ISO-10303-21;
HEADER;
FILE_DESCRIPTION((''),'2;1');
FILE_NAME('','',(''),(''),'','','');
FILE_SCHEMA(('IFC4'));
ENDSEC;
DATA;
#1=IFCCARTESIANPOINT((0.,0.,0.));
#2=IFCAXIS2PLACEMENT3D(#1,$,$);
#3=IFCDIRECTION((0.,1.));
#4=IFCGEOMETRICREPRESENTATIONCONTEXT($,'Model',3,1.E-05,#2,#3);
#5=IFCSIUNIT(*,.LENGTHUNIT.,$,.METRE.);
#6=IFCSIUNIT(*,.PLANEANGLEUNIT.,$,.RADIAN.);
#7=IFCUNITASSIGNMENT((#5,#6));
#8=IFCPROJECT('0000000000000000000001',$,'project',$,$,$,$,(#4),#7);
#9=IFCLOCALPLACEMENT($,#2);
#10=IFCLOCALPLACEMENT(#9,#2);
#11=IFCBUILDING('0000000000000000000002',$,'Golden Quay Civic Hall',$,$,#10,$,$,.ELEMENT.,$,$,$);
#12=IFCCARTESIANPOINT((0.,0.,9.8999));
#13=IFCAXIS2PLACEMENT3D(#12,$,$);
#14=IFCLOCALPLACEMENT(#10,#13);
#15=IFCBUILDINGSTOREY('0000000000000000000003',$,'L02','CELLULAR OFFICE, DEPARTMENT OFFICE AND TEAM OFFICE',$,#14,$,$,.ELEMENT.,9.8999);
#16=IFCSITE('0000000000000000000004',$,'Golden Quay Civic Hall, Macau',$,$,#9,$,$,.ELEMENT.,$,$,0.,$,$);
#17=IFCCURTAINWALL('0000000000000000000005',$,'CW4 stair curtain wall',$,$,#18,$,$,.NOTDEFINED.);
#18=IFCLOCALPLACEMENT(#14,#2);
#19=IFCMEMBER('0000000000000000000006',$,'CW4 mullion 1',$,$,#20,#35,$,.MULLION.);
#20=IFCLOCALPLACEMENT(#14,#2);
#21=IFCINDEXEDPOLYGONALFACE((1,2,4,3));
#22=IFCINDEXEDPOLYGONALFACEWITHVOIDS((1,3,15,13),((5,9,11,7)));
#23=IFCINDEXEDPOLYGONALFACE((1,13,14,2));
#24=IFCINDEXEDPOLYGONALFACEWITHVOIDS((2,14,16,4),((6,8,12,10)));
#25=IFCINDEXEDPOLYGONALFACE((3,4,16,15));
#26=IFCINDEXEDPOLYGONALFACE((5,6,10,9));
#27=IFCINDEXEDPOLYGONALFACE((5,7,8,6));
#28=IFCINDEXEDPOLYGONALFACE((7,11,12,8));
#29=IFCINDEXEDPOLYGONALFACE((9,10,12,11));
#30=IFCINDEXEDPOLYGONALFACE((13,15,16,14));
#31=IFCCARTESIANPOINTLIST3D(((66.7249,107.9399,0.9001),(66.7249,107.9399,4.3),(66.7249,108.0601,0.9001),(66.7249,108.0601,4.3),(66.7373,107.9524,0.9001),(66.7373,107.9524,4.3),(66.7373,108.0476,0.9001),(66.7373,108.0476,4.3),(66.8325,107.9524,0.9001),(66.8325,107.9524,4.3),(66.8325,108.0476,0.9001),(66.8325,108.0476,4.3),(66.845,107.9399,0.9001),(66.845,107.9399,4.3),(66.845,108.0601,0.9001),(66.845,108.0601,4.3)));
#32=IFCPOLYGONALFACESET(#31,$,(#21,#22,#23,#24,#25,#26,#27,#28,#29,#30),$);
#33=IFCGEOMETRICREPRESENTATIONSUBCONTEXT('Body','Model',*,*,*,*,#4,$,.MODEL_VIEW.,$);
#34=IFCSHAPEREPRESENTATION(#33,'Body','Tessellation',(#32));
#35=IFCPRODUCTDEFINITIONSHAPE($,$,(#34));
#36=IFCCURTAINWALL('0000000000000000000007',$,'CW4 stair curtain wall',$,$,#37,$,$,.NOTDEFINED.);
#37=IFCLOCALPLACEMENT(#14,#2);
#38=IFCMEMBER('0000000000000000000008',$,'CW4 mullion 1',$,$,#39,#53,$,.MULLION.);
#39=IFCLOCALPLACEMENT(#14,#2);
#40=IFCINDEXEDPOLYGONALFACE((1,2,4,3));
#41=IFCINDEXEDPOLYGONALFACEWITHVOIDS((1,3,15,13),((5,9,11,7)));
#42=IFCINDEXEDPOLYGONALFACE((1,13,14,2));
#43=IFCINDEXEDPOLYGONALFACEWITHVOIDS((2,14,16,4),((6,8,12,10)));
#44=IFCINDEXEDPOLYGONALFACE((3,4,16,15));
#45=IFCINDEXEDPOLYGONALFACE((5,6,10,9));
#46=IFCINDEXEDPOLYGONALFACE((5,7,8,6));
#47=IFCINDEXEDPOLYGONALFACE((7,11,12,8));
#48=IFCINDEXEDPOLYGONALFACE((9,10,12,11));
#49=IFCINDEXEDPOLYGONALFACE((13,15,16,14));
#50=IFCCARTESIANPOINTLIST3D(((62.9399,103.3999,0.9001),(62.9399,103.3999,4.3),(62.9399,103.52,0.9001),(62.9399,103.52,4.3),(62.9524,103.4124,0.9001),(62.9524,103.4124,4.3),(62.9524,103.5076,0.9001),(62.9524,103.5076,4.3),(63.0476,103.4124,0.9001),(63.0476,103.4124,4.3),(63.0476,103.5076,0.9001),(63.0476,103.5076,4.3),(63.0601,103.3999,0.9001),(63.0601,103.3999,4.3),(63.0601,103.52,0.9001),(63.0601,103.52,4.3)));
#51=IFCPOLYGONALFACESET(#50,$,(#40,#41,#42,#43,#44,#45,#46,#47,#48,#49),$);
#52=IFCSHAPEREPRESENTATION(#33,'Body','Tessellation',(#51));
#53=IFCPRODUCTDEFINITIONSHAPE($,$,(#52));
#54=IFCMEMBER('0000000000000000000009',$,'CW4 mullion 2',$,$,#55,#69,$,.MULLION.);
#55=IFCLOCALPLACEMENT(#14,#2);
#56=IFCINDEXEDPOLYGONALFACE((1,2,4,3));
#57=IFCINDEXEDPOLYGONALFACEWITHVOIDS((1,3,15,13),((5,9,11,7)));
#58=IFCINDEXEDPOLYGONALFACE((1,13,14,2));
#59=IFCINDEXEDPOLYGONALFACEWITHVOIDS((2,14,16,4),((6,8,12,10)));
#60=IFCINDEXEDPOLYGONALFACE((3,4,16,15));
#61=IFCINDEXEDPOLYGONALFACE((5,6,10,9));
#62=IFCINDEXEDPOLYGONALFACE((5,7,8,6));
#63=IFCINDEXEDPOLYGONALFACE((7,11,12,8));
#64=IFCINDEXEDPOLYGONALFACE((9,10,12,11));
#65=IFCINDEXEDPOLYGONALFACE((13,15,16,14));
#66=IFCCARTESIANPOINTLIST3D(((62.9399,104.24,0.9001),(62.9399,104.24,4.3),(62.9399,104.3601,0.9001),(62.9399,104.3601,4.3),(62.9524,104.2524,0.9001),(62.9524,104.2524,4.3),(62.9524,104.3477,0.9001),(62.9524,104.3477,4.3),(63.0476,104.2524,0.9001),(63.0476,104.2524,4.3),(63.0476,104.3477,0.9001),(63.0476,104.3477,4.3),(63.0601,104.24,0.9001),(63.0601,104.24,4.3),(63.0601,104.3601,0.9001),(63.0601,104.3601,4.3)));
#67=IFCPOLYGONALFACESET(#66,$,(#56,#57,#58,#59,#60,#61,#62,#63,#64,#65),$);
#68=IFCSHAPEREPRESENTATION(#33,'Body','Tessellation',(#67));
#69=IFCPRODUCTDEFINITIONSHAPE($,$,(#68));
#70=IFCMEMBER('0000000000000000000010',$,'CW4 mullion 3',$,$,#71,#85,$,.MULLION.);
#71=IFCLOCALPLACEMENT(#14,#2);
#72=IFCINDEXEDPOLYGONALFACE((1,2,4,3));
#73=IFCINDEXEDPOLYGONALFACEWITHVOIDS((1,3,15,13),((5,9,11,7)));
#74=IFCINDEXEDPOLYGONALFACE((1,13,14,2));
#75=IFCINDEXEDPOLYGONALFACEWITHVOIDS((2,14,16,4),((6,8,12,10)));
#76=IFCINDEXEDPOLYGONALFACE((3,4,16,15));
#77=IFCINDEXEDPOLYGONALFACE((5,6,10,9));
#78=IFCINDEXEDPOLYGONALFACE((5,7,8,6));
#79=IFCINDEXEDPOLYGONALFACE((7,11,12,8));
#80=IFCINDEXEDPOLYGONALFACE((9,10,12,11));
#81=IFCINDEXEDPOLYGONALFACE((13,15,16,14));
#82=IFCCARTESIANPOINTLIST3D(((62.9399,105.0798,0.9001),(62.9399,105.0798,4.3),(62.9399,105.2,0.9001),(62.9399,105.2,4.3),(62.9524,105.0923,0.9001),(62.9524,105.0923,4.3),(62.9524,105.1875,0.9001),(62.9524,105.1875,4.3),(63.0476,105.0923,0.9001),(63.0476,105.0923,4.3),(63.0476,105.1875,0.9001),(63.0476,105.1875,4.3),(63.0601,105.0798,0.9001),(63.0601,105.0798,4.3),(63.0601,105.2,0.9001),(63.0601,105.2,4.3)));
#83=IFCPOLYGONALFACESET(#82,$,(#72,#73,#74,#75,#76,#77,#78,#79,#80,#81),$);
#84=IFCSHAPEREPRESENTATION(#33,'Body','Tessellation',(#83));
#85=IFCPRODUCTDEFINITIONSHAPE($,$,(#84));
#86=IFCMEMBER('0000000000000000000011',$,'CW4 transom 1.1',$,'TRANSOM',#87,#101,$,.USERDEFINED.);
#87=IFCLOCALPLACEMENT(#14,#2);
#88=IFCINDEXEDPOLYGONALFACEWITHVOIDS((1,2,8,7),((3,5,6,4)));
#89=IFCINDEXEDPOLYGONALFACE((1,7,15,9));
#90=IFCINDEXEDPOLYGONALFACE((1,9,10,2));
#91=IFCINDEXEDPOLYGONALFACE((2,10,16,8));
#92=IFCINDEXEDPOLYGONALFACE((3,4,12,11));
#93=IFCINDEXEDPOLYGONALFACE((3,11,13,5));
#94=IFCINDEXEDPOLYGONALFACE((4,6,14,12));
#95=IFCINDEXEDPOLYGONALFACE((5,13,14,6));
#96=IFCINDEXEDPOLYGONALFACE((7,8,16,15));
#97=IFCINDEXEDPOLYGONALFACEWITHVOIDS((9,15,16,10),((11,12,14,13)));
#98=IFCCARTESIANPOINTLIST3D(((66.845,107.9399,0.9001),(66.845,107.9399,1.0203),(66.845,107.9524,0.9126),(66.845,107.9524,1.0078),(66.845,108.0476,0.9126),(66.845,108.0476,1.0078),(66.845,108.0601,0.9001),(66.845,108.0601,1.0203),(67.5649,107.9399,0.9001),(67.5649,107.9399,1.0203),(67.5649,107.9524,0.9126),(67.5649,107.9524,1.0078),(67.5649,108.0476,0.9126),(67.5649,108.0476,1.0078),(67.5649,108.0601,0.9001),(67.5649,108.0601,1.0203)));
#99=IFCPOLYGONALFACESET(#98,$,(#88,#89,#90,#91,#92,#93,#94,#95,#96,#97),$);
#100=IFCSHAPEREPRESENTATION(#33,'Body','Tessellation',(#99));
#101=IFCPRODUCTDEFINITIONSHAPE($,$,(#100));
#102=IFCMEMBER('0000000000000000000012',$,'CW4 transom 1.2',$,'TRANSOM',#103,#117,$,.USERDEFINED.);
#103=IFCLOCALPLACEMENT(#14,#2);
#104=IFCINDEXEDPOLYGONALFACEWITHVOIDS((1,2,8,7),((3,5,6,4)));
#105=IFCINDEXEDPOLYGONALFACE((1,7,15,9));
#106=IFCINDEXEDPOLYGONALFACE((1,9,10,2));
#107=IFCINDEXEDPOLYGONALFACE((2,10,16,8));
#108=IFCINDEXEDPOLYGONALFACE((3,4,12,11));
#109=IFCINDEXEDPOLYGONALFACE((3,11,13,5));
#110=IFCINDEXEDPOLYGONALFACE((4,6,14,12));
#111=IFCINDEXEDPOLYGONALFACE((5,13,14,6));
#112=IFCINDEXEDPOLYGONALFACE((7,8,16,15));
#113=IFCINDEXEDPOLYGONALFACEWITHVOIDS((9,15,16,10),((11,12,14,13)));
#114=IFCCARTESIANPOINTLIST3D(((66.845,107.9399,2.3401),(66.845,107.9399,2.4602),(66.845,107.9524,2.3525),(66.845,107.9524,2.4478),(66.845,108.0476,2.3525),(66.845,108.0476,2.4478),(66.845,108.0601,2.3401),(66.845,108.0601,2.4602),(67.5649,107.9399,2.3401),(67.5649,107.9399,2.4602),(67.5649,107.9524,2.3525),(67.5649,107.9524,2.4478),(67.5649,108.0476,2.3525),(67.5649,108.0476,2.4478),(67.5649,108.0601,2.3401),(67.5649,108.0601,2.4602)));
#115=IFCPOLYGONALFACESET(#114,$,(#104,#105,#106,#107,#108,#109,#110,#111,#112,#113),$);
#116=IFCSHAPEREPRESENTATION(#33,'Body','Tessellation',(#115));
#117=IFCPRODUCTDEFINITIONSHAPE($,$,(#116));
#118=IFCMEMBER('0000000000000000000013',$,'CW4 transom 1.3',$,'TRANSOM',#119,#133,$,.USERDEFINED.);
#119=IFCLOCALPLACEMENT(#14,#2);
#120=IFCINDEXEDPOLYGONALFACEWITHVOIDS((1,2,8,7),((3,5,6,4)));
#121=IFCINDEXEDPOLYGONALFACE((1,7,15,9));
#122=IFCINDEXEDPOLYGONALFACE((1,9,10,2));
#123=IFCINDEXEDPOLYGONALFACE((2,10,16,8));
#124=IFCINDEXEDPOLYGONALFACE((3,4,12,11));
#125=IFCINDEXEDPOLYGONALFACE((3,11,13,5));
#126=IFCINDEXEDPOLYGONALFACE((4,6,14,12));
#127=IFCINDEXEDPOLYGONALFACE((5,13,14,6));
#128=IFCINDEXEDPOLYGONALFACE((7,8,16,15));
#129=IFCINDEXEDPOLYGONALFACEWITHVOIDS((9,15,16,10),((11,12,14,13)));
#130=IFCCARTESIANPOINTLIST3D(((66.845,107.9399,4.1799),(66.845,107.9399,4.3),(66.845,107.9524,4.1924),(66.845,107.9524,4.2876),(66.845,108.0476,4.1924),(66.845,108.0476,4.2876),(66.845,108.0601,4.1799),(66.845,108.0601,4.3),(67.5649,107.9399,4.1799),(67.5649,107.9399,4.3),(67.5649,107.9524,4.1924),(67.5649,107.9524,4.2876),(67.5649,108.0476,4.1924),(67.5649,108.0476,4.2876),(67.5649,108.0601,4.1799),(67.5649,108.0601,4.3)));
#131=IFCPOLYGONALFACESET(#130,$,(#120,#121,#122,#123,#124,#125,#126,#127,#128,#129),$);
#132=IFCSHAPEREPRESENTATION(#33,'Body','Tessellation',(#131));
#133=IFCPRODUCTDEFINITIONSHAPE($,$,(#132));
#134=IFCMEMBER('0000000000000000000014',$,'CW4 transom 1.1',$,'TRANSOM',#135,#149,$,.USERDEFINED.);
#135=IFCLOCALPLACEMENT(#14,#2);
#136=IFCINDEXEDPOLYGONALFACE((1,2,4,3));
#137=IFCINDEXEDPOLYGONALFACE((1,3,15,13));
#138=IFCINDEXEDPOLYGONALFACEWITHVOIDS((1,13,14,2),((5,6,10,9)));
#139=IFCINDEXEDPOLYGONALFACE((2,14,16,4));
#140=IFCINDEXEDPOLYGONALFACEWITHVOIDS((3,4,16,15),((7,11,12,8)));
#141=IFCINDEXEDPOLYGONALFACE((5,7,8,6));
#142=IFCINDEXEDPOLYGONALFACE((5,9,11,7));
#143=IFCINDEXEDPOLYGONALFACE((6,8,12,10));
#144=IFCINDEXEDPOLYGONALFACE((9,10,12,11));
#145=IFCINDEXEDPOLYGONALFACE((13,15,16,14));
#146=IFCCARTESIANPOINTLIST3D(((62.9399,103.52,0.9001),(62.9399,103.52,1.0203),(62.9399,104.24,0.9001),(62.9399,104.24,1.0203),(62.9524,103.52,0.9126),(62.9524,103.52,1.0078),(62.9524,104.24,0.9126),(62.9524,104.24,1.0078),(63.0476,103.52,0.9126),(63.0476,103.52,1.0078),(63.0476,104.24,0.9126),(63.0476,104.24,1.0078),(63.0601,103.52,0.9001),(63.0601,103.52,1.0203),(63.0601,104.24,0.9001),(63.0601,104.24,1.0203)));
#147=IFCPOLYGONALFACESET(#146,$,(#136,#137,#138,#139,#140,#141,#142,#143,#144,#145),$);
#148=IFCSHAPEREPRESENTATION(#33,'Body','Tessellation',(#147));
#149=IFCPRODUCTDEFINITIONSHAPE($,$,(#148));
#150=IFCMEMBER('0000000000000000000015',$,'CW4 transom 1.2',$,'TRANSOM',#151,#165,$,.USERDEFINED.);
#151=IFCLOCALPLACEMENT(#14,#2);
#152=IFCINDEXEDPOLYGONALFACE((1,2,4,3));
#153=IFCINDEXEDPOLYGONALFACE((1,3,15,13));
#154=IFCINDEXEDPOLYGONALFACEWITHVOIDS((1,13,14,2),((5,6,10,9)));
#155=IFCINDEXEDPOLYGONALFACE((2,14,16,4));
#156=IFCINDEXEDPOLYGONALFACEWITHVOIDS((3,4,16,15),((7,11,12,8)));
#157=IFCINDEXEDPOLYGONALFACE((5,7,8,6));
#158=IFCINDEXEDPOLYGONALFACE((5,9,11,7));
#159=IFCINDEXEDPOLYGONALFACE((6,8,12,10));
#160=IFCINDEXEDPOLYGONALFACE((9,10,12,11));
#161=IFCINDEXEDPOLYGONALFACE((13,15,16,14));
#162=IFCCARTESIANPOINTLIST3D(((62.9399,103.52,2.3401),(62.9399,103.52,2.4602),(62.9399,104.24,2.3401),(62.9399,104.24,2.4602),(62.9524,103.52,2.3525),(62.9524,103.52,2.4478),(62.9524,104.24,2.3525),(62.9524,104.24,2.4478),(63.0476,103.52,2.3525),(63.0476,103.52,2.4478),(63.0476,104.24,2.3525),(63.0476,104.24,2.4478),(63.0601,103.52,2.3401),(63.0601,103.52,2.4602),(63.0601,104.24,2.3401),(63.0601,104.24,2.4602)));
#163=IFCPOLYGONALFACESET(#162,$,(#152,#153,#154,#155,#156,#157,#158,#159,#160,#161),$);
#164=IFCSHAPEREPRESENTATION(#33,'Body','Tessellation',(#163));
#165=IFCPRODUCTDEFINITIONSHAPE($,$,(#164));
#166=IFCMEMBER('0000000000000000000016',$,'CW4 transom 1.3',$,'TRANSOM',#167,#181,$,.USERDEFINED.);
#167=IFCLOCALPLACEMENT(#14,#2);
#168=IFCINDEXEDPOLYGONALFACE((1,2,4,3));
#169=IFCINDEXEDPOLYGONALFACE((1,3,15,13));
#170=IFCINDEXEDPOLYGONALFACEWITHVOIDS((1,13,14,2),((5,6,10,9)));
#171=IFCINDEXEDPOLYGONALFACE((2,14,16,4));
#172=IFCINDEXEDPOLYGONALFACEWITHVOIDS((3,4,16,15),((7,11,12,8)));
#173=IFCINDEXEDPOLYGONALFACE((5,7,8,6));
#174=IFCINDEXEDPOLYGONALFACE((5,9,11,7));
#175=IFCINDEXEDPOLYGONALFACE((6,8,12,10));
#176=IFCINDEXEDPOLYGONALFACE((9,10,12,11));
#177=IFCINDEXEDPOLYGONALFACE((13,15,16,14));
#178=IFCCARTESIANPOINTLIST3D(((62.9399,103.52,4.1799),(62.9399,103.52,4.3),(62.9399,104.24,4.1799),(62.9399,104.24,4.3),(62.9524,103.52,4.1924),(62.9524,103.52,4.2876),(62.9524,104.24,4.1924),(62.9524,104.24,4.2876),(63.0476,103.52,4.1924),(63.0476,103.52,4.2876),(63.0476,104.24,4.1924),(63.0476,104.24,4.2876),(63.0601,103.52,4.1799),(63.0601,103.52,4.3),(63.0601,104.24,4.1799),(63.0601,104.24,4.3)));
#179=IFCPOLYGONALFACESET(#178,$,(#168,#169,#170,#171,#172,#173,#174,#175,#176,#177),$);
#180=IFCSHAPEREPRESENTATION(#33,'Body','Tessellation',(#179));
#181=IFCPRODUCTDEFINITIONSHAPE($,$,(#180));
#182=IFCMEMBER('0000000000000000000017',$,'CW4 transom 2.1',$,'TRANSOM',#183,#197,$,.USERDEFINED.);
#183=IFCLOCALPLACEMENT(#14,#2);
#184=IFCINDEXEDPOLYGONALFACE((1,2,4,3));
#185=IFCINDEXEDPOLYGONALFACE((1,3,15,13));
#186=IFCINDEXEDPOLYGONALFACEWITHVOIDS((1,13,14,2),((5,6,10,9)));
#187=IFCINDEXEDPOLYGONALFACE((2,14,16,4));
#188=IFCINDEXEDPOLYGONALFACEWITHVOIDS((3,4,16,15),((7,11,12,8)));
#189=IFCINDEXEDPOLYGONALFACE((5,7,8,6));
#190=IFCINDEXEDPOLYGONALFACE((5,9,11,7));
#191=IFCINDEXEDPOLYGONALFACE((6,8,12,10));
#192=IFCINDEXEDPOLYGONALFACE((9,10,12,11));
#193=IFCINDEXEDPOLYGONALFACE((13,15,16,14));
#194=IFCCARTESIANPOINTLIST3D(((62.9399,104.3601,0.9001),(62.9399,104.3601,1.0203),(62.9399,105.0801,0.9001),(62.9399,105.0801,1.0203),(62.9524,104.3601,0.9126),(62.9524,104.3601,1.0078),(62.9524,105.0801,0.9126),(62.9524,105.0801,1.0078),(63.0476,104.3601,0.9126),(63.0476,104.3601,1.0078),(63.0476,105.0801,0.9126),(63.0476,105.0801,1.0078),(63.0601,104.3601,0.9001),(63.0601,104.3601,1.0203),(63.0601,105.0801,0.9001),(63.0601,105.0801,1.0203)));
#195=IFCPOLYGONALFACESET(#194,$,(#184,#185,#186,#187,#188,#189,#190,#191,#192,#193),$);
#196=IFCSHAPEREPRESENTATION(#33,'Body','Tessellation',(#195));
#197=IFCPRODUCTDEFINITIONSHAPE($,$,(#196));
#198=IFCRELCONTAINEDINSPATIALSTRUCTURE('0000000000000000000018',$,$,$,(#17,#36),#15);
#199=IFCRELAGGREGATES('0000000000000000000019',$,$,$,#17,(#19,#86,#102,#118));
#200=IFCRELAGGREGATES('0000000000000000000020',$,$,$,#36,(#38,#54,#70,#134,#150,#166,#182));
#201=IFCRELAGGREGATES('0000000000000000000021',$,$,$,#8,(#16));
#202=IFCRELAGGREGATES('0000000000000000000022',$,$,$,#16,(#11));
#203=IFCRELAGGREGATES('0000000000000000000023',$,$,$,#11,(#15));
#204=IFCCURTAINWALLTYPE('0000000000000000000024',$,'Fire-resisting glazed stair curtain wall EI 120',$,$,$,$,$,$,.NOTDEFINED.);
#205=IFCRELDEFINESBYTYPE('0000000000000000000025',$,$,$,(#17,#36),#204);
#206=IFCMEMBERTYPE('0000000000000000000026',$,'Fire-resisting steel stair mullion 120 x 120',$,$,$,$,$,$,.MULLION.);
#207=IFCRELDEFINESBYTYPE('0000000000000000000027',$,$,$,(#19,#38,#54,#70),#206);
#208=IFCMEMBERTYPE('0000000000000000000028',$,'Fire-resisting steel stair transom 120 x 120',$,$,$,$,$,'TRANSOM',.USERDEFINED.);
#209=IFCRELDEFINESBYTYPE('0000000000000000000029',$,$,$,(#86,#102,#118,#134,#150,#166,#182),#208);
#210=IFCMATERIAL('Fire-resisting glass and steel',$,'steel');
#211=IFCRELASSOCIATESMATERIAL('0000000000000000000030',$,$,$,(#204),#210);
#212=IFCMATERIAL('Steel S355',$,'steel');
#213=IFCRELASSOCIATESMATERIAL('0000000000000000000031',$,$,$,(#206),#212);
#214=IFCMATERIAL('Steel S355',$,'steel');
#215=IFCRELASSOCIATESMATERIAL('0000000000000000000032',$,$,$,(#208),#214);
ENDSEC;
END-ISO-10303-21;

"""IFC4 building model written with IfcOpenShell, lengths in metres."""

from ifc_helpers import new_model, si_unit, direction, frame, origin, origin_2d, place, context, subcontext, project, spatial, hollow_rectangle, extrude, material, material_profile, profile_set, type_object, element, aggregate, save


model = new_model("IFC4")

# Units and contexts
model_context = context("Model", 3, precision=1e-05, world=origin(), true_north=direction((0.0, 1.0)))
body_context = subcontext(model_context, "Body", "Model", "MODEL_VIEW")
ifc_project = project(units=[si_unit("LENGTHUNIT", "METRE"), si_unit("PLANEANGLEUNIT", "RADIAN")], contexts=[model_context])

# Site, building, storey
site_placement = place(None, origin())
site = spatial("IfcSite", under=ifc_project, at=site_placement, Name="Golden Quay Civic Hall, Macau", CompositionType="ELEMENT", RefElevation=0.0)
building_placement = place(site_placement, origin())
building = spatial("IfcBuilding", under=site, at=building_placement, Name="Golden Quay Civic Hall", CompositionType="ELEMENT")
storey_placement = place(building_placement, frame((0.0, 0.0, 9.8999)))
storey = spatial("IfcBuildingStorey", under=building, at=storey_placement, Name="L02", Description="CELLULAR OFFICE, DEPARTMENT OFFICE AND TEAM OFFICE", CompositionType="ELEMENT", Elevation=9.8999)

# Curtain wall, member
ifc_material_1 = material(Name="Fire-resisting glass and steel", Category="steel")
curtain_wall_type = type_object("IfcCurtainWallType", Name="Fire-resisting glazed stair curtain wall EI 120", PredefinedType="NOTDEFINED", material=ifc_material_1)
curtain_wall_1_placement = place(storey_placement, origin())
curtain_wall_1 = element("IfcCurtainWall", 1, at=curtain_wall_1_placement, inside=storey, type_object=curtain_wall_type, Name="CW4 stair curtain wall", PredefinedType="NOTDEFINED")
ifc_material_2 = material(Name="Steel S355", Category="steel")
ifc_material_profile_1 = material_profile(ifc_material_2, hollow_rectangle(XDim=0.1201, YDim=0.1201, WallThickness=0.0125, at=origin_2d()), Name="SHS 120x120x12.5")
ifc_profile_set_1 = profile_set([ifc_material_profile_1], Name="Steel S355")
member_type_1 = type_object("IfcMemberType", Name="Fire-resisting steel stair mullion 120 x 120", PredefinedType="MULLION", material=ifc_profile_set_1)
member_1_placement = place(storey_placement, frame((66.7849, 108.0, 0.9001), z_axis=(0.0, 0.0, 1.0), x_axis=(0.0, 1.0, 0.0)))
member_1 = element("IfcMember", 2, at=member_1_placement, type_object=member_type_1, Name="CW4 mullion 1", PredefinedType="MULLION", context=body_context, shape_type="SweptSolid", body=[
    extrude(hollow_rectangle(XDim=0.1201, YDim=0.1201, WallThickness=0.0125, at=origin_2d()), origin(), (0.0, 0.0, 1.0), 3.3999),
])

# Curtain wall, members
curtain_wall_2_placement = place(storey_placement, origin())
curtain_wall_2 = element("IfcCurtainWall", 3, at=curtain_wall_2_placement, inside=storey, type_object=curtain_wall_type, Name="CW4 stair curtain wall", PredefinedType="NOTDEFINED")
member_2_placement = place(storey_placement, frame((63.0, 103.46, 0.9001), z_axis=(0.0, 0.0, 1.0), x_axis=(-1.0, 0.0, 0.0)))
member_2 = element("IfcMember", 4, at=member_2_placement, type_object=member_type_1, Name="CW4 mullion 1", PredefinedType="MULLION", context=body_context, shape_type="SweptSolid", body=[
    extrude(hollow_rectangle(XDim=0.1201, YDim=0.1201, WallThickness=0.0125, at=origin_2d()), origin(), (0.0, 0.0, 1.0), 3.3999),
])
member_3_placement = place(storey_placement, frame((63.0, 104.3, 0.9001), z_axis=(0.0, 0.0, 1.0), x_axis=(-1.0, 0.0, 0.0)))
member_3 = element("IfcMember", 5, at=member_3_placement, type_object=member_type_1, Name="CW4 mullion 2", PredefinedType="MULLION", context=body_context, shape_type="SweptSolid", body=[
    extrude(hollow_rectangle(XDim=0.1201, YDim=0.1201, WallThickness=0.0125, at=origin_2d()), origin(), (0.0, 0.0, 1.0), 3.3999),
])
member_4_placement = place(storey_placement, frame((63.0, 105.1399, 0.9001), z_axis=(0.0, 0.0, 1.0), x_axis=(-1.0, 0.0, 0.0)))
member_4 = element("IfcMember", 6, at=member_4_placement, type_object=member_type_1, Name="CW4 mullion 3", PredefinedType="MULLION", context=body_context, shape_type="SweptSolid", body=[
    extrude(hollow_rectangle(XDim=0.1201, YDim=0.1201, WallThickness=0.0125, at=origin_2d()), origin(), (0.0, 0.0, 1.0), 3.3999),
])

# Members
ifc_material_3 = material(Name="Steel S355", Category="steel")
ifc_material_profile_2 = material_profile(ifc_material_3, hollow_rectangle(XDim=0.1201, YDim=0.1201, WallThickness=0.0125, at=origin_2d()), Name="SHS 120x120x12.5")
ifc_profile_set_2 = profile_set([ifc_material_profile_2], Name="Steel S355")
member_type_2 = type_object("IfcMemberType", Name="Fire-resisting steel stair transom 120 x 120", ElementType="TRANSOM", PredefinedType="USERDEFINED", material=ifc_profile_set_2)
member_5_placement = place(storey_placement, frame((66.845, 108.0, 0.9602), z_axis=(1.0, 0.0, 0.0), x_axis=(0.0, 1.0, 0.0)))
member_5 = element("IfcMember", 7, at=member_5_placement, type_object=member_type_2, Name="CW4 transom 1.1", ObjectType="TRANSOM", PredefinedType="USERDEFINED", context=body_context, shape_type="SweptSolid", body=[
    extrude(hollow_rectangle(XDim=0.1201, YDim=0.1201, WallThickness=0.0125, at=origin_2d()), origin(), (0.0, 0.0, 1.0), 0.72),
])
member_6_placement = place(storey_placement, frame((66.845, 108.0, 2.4001), z_axis=(1.0, 0.0, 0.0), x_axis=(0.0, 1.0, 0.0)))
member_6 = element("IfcMember", 8, at=member_6_placement, type_object=member_type_2, Name="CW4 transom 1.2", ObjectType="TRANSOM", PredefinedType="USERDEFINED", context=body_context, shape_type="SweptSolid", body=[
    extrude(hollow_rectangle(XDim=0.1201, YDim=0.1201, WallThickness=0.0125, at=origin_2d()), origin(), (0.0, 0.0, 1.0), 0.72),
])
member_7_placement = place(storey_placement, frame((66.845, 108.0, 4.24), z_axis=(1.0, 0.0, 0.0), x_axis=(0.0, 1.0, 0.0)))
member_7 = element("IfcMember", 9, at=member_7_placement, type_object=member_type_2, Name="CW4 transom 1.3", ObjectType="TRANSOM", PredefinedType="USERDEFINED", context=body_context, shape_type="SweptSolid", body=[
    extrude(hollow_rectangle(XDim=0.1201, YDim=0.1201, WallThickness=0.0125, at=origin_2d()), origin(), (0.0, 0.0, 1.0), 0.72),
])
member_8_placement = place(storey_placement, frame((63.0, 103.52, 0.9602), z_axis=(0.0, 1.0, 0.0), x_axis=(-1.0, 0.0, 0.0)))
member_8 = element("IfcMember", 10, at=member_8_placement, type_object=member_type_2, Name="CW4 transom 1.1", ObjectType="TRANSOM", PredefinedType="USERDEFINED", context=body_context, shape_type="SweptSolid", body=[
    extrude(hollow_rectangle(XDim=0.1201, YDim=0.1201, WallThickness=0.0125, at=origin_2d()), origin(), (0.0, 0.0, 1.0), 0.72),
])
member_9_placement = place(storey_placement, frame((63.0, 103.52, 2.4001), z_axis=(0.0, 1.0, 0.0), x_axis=(-1.0, 0.0, 0.0)))
member_9 = element("IfcMember", 11, at=member_9_placement, type_object=member_type_2, Name="CW4 transom 1.2", ObjectType="TRANSOM", PredefinedType="USERDEFINED", context=body_context, shape_type="SweptSolid", body=[
    extrude(hollow_rectangle(XDim=0.1201, YDim=0.1201, WallThickness=0.0125, at=origin_2d()), origin(), (0.0, 0.0, 1.0), 0.72),
])
member_10_placement = place(storey_placement, frame((63.0, 103.52, 4.24), z_axis=(0.0, 1.0, 0.0), x_axis=(-1.0, 0.0, 0.0)))
member_10 = element("IfcMember", 12, at=member_10_placement, type_object=member_type_2, Name="CW4 transom 1.3", ObjectType="TRANSOM", PredefinedType="USERDEFINED", context=body_context, shape_type="SweptSolid", body=[
    extrude(hollow_rectangle(XDim=0.1201, YDim=0.1201, WallThickness=0.0125, at=origin_2d()), origin(), (0.0, 0.0, 1.0), 0.72),
])
member_11_placement = place(storey_placement, frame((63.0, 104.3601, 0.9602), z_axis=(0.0, 1.0, 0.0), x_axis=(-1.0, 0.0, 0.0)))
member_11 = element("IfcMember", 13, at=member_11_placement, type_object=member_type_2, Name="CW4 transom 2.1", ObjectType="TRANSOM", PredefinedType="USERDEFINED", context=body_context, shape_type="SweptSolid", body=[
    extrude(hollow_rectangle(XDim=0.1201, YDim=0.1201, WallThickness=0.0125, at=origin_2d()), origin(), (0.0, 0.0, 1.0), 0.72),
])

aggregate(curtain_wall_1, [member_1, member_5, member_6, member_7])
aggregate(curtain_wall_2, [member_2, member_3, member_4, member_8, member_9, member_10, member_11])

save(model, "model.ifc")
